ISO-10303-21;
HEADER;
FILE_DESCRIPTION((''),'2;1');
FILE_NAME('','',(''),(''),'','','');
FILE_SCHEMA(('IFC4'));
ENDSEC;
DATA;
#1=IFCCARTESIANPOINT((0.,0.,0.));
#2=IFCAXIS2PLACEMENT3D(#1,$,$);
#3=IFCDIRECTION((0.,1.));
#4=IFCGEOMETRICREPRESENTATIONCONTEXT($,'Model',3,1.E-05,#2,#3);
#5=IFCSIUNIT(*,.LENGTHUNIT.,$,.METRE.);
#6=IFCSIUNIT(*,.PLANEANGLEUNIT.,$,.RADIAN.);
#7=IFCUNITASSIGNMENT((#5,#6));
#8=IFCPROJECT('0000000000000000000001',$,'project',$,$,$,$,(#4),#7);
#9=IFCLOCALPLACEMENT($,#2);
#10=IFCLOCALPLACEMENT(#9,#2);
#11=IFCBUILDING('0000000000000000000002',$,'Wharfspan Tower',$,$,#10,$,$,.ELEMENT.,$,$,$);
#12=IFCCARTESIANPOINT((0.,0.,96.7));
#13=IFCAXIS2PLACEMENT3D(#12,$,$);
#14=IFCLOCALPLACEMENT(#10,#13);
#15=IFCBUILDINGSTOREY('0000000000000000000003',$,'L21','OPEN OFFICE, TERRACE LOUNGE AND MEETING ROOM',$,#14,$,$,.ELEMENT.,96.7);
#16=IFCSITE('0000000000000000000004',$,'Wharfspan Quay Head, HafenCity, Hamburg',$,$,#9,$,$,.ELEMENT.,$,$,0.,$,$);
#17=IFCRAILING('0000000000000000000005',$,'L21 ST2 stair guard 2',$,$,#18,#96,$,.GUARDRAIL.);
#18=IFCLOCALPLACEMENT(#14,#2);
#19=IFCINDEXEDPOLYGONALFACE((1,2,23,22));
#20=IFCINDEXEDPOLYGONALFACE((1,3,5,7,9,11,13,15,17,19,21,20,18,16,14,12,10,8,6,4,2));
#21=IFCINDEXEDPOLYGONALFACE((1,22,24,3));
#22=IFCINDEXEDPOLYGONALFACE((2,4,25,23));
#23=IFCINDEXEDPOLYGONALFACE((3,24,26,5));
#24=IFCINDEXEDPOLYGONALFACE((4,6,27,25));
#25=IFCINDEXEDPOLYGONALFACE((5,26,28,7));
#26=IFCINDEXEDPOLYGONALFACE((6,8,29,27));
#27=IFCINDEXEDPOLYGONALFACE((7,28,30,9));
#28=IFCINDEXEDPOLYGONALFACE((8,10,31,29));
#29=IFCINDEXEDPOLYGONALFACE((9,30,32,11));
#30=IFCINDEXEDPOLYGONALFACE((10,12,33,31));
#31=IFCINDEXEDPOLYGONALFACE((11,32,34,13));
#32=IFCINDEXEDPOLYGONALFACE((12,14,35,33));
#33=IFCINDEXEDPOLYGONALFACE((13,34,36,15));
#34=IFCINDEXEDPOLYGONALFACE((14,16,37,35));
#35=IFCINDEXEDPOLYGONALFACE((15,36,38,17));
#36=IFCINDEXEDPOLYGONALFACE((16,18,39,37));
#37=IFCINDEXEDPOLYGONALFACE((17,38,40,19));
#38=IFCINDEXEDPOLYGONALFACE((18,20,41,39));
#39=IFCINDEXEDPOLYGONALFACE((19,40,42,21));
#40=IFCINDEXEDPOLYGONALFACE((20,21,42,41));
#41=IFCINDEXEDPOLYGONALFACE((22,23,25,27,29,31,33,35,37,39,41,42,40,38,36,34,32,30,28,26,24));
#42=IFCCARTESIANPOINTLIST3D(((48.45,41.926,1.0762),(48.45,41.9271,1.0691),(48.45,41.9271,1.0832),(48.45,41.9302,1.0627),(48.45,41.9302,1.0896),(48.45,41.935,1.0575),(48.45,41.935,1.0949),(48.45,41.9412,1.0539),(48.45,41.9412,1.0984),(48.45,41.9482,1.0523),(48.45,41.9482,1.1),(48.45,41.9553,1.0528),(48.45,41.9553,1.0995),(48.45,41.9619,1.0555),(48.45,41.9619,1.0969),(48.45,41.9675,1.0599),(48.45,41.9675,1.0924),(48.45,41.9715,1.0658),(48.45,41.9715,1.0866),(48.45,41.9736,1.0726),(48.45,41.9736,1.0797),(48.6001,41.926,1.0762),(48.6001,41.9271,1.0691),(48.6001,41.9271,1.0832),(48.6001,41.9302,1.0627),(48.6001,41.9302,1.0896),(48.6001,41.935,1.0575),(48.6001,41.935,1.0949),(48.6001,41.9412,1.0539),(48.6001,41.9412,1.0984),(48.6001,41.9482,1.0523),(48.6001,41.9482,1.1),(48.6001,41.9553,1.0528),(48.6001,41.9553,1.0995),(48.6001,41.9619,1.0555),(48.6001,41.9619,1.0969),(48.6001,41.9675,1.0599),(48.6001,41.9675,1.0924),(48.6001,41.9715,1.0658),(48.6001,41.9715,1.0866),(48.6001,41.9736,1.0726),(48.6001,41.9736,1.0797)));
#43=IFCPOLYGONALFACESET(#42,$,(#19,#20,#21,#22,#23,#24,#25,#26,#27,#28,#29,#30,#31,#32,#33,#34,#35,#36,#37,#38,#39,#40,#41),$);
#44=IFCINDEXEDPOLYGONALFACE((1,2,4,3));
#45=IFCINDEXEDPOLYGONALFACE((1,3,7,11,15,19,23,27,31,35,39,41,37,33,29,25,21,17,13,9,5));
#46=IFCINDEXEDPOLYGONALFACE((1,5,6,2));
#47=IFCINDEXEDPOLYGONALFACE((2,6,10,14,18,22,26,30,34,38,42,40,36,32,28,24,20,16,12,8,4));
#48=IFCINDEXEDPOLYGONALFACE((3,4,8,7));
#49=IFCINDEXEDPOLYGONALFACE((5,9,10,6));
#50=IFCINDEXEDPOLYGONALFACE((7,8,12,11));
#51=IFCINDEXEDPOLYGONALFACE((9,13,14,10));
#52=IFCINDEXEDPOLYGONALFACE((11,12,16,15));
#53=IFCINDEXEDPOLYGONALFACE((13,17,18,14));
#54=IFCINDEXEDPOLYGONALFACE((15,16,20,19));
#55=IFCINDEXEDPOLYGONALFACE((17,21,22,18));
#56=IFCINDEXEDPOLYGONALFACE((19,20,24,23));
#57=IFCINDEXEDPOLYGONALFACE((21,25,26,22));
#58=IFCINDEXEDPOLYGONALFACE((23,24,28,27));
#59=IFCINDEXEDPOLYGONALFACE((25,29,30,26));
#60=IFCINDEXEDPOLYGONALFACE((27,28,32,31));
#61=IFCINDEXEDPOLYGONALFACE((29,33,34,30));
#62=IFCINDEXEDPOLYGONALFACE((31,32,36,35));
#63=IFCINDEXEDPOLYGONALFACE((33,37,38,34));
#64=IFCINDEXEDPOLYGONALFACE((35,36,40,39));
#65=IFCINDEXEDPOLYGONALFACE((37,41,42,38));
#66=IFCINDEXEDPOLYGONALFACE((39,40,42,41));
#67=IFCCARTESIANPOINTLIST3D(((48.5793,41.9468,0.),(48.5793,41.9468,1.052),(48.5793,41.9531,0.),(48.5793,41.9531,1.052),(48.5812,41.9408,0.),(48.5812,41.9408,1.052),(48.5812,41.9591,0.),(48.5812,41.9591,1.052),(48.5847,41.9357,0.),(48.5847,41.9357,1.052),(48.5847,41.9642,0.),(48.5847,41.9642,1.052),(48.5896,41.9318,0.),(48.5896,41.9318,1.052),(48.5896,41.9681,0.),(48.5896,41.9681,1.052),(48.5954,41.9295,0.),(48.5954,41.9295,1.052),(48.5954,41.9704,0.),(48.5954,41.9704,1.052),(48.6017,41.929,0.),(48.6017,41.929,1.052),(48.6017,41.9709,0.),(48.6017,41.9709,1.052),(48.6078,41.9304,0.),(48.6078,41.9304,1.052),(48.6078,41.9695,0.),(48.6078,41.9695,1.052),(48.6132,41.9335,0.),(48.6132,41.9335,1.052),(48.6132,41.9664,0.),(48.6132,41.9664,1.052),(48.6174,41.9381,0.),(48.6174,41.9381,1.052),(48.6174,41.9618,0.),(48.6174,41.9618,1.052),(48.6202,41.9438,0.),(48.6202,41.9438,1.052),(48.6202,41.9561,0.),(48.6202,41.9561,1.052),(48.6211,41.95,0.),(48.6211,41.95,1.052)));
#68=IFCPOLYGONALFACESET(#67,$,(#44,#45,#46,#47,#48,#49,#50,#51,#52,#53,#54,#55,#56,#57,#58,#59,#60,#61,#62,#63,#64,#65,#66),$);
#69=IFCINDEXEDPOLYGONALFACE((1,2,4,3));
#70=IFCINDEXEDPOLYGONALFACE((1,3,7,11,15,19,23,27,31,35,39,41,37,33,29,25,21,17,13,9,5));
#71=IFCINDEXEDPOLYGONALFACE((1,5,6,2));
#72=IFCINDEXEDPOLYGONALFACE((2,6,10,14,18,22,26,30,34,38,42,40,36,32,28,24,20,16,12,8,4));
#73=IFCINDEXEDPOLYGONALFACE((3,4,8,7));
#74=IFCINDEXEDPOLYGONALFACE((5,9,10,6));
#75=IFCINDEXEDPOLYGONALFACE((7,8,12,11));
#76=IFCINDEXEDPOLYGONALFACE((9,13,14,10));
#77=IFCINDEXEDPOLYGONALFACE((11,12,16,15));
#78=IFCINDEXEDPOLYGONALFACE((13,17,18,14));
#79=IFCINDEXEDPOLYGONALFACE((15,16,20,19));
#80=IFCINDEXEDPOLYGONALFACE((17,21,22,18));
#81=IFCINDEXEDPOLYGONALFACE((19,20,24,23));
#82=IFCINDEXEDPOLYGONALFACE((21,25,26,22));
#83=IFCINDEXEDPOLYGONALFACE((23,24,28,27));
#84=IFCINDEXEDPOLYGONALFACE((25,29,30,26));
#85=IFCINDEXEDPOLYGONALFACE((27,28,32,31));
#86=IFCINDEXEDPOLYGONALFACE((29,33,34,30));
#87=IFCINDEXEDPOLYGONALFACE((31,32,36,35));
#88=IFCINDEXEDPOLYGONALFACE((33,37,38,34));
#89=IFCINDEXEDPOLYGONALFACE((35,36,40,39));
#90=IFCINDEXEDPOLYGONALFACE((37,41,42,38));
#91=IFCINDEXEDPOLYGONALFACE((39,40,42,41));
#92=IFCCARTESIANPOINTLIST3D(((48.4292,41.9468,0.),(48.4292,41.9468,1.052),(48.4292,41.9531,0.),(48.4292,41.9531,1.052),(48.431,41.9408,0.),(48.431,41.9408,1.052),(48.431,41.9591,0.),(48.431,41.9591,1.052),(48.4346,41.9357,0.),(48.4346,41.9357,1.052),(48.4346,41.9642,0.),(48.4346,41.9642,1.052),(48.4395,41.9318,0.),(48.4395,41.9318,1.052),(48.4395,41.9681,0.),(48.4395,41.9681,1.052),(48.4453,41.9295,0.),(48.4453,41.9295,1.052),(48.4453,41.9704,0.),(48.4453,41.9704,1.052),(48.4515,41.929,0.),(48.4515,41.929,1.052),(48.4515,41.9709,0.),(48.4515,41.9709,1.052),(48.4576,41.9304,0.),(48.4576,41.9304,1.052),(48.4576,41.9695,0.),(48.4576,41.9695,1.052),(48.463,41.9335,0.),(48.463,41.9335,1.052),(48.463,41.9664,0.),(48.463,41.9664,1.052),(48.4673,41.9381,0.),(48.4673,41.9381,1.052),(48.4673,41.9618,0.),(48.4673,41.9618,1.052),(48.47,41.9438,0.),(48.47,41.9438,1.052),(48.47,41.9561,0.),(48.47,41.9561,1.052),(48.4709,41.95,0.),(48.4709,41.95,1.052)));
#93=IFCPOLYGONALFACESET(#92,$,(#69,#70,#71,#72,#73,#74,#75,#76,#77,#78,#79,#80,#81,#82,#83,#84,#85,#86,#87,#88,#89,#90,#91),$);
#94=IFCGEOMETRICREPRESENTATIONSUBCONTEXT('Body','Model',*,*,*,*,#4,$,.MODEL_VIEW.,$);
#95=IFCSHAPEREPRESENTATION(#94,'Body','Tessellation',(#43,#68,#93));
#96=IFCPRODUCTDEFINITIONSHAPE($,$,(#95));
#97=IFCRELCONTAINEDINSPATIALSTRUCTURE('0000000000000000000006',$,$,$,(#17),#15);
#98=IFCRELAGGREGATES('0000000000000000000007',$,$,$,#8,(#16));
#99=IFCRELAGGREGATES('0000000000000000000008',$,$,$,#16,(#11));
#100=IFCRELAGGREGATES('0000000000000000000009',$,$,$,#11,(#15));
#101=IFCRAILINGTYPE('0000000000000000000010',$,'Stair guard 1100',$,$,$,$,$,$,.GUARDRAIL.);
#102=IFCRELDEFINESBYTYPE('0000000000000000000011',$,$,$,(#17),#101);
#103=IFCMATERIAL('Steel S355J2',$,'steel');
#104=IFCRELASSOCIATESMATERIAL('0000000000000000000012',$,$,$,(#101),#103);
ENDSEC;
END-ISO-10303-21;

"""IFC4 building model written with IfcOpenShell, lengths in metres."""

from ifc_helpers import new_model, si_unit, direction, frame, origin, origin_2d, place, context, subcontext, project, spatial, circle, extrude, material, type_object, element, save


model = new_model("IFC4")

# Units and contexts
model_context = context("Model", 3, precision=1e-05, world=origin(), true_north=direction((0.0, 1.0)))
body_context = subcontext(model_context, "Body", "Model", "MODEL_VIEW")
ifc_project = project(units=[si_unit("LENGTHUNIT", "METRE"), si_unit("PLANEANGLEUNIT", "RADIAN")], contexts=[model_context])

# Site, building, storey
site_placement = place(None, origin())
site = spatial("IfcSite", under=ifc_project, at=site_placement, Name="Wharfspan Quay Head, HafenCity, Hamburg", CompositionType="ELEMENT", RefElevation=0.0)
building_placement = place(site_placement, origin())
building = spatial("IfcBuilding", under=site, at=building_placement, Name="Wharfspan Tower", CompositionType="ELEMENT")
storey_placement = place(building_placement, frame((0.0, 0.0, 96.7)))
storey = spatial("IfcBuildingStorey", under=building, at=storey_placement, Name="L21", Description="OPEN OFFICE, TERRACE LOUNGE AND MEETING ROOM", CompositionType="ELEMENT", Elevation=96.7)

# Shared definitions
ifc_material_1 = material(Name="Steel S355J2", Category="steel")

# Railing
railing_type_1 = type_object("IfcRailingType", Name="Stair guard 1100", PredefinedType="GUARDRAIL", material=ifc_material_1)
railing_1_placement = place(storey_placement, frame((48.6001, 41.95, 0.0)))
element("IfcRailing", 1, at=railing_1_placement, inside=storey, type_object=railing_type_1, Name="L21 ST2 stair guard 2", PredefinedType="GUARDRAIL", context=body_context, shape_type="SweptSolid", body=[
    extrude(circle(Radius=0.0239, at=origin_2d()), frame((0.0, 0.0, 1.0762), z_axis=(-1.0, 0.0, 0.0), x_axis=(0.0, -1.0, 0.0)), (0.0, 0.0, 1.0), 0.1501),
    extrude(circle(Radius=0.021, at=origin_2d()), origin(), (0.0, 0.0, 1.0), 1.052),
    extrude(circle(Radius=0.021, at=origin_2d()), frame((-0.1501, 0.0, 0.0)), (0.0, 0.0, 1.0), 1.052),
])

save(model, "model.ifc")
